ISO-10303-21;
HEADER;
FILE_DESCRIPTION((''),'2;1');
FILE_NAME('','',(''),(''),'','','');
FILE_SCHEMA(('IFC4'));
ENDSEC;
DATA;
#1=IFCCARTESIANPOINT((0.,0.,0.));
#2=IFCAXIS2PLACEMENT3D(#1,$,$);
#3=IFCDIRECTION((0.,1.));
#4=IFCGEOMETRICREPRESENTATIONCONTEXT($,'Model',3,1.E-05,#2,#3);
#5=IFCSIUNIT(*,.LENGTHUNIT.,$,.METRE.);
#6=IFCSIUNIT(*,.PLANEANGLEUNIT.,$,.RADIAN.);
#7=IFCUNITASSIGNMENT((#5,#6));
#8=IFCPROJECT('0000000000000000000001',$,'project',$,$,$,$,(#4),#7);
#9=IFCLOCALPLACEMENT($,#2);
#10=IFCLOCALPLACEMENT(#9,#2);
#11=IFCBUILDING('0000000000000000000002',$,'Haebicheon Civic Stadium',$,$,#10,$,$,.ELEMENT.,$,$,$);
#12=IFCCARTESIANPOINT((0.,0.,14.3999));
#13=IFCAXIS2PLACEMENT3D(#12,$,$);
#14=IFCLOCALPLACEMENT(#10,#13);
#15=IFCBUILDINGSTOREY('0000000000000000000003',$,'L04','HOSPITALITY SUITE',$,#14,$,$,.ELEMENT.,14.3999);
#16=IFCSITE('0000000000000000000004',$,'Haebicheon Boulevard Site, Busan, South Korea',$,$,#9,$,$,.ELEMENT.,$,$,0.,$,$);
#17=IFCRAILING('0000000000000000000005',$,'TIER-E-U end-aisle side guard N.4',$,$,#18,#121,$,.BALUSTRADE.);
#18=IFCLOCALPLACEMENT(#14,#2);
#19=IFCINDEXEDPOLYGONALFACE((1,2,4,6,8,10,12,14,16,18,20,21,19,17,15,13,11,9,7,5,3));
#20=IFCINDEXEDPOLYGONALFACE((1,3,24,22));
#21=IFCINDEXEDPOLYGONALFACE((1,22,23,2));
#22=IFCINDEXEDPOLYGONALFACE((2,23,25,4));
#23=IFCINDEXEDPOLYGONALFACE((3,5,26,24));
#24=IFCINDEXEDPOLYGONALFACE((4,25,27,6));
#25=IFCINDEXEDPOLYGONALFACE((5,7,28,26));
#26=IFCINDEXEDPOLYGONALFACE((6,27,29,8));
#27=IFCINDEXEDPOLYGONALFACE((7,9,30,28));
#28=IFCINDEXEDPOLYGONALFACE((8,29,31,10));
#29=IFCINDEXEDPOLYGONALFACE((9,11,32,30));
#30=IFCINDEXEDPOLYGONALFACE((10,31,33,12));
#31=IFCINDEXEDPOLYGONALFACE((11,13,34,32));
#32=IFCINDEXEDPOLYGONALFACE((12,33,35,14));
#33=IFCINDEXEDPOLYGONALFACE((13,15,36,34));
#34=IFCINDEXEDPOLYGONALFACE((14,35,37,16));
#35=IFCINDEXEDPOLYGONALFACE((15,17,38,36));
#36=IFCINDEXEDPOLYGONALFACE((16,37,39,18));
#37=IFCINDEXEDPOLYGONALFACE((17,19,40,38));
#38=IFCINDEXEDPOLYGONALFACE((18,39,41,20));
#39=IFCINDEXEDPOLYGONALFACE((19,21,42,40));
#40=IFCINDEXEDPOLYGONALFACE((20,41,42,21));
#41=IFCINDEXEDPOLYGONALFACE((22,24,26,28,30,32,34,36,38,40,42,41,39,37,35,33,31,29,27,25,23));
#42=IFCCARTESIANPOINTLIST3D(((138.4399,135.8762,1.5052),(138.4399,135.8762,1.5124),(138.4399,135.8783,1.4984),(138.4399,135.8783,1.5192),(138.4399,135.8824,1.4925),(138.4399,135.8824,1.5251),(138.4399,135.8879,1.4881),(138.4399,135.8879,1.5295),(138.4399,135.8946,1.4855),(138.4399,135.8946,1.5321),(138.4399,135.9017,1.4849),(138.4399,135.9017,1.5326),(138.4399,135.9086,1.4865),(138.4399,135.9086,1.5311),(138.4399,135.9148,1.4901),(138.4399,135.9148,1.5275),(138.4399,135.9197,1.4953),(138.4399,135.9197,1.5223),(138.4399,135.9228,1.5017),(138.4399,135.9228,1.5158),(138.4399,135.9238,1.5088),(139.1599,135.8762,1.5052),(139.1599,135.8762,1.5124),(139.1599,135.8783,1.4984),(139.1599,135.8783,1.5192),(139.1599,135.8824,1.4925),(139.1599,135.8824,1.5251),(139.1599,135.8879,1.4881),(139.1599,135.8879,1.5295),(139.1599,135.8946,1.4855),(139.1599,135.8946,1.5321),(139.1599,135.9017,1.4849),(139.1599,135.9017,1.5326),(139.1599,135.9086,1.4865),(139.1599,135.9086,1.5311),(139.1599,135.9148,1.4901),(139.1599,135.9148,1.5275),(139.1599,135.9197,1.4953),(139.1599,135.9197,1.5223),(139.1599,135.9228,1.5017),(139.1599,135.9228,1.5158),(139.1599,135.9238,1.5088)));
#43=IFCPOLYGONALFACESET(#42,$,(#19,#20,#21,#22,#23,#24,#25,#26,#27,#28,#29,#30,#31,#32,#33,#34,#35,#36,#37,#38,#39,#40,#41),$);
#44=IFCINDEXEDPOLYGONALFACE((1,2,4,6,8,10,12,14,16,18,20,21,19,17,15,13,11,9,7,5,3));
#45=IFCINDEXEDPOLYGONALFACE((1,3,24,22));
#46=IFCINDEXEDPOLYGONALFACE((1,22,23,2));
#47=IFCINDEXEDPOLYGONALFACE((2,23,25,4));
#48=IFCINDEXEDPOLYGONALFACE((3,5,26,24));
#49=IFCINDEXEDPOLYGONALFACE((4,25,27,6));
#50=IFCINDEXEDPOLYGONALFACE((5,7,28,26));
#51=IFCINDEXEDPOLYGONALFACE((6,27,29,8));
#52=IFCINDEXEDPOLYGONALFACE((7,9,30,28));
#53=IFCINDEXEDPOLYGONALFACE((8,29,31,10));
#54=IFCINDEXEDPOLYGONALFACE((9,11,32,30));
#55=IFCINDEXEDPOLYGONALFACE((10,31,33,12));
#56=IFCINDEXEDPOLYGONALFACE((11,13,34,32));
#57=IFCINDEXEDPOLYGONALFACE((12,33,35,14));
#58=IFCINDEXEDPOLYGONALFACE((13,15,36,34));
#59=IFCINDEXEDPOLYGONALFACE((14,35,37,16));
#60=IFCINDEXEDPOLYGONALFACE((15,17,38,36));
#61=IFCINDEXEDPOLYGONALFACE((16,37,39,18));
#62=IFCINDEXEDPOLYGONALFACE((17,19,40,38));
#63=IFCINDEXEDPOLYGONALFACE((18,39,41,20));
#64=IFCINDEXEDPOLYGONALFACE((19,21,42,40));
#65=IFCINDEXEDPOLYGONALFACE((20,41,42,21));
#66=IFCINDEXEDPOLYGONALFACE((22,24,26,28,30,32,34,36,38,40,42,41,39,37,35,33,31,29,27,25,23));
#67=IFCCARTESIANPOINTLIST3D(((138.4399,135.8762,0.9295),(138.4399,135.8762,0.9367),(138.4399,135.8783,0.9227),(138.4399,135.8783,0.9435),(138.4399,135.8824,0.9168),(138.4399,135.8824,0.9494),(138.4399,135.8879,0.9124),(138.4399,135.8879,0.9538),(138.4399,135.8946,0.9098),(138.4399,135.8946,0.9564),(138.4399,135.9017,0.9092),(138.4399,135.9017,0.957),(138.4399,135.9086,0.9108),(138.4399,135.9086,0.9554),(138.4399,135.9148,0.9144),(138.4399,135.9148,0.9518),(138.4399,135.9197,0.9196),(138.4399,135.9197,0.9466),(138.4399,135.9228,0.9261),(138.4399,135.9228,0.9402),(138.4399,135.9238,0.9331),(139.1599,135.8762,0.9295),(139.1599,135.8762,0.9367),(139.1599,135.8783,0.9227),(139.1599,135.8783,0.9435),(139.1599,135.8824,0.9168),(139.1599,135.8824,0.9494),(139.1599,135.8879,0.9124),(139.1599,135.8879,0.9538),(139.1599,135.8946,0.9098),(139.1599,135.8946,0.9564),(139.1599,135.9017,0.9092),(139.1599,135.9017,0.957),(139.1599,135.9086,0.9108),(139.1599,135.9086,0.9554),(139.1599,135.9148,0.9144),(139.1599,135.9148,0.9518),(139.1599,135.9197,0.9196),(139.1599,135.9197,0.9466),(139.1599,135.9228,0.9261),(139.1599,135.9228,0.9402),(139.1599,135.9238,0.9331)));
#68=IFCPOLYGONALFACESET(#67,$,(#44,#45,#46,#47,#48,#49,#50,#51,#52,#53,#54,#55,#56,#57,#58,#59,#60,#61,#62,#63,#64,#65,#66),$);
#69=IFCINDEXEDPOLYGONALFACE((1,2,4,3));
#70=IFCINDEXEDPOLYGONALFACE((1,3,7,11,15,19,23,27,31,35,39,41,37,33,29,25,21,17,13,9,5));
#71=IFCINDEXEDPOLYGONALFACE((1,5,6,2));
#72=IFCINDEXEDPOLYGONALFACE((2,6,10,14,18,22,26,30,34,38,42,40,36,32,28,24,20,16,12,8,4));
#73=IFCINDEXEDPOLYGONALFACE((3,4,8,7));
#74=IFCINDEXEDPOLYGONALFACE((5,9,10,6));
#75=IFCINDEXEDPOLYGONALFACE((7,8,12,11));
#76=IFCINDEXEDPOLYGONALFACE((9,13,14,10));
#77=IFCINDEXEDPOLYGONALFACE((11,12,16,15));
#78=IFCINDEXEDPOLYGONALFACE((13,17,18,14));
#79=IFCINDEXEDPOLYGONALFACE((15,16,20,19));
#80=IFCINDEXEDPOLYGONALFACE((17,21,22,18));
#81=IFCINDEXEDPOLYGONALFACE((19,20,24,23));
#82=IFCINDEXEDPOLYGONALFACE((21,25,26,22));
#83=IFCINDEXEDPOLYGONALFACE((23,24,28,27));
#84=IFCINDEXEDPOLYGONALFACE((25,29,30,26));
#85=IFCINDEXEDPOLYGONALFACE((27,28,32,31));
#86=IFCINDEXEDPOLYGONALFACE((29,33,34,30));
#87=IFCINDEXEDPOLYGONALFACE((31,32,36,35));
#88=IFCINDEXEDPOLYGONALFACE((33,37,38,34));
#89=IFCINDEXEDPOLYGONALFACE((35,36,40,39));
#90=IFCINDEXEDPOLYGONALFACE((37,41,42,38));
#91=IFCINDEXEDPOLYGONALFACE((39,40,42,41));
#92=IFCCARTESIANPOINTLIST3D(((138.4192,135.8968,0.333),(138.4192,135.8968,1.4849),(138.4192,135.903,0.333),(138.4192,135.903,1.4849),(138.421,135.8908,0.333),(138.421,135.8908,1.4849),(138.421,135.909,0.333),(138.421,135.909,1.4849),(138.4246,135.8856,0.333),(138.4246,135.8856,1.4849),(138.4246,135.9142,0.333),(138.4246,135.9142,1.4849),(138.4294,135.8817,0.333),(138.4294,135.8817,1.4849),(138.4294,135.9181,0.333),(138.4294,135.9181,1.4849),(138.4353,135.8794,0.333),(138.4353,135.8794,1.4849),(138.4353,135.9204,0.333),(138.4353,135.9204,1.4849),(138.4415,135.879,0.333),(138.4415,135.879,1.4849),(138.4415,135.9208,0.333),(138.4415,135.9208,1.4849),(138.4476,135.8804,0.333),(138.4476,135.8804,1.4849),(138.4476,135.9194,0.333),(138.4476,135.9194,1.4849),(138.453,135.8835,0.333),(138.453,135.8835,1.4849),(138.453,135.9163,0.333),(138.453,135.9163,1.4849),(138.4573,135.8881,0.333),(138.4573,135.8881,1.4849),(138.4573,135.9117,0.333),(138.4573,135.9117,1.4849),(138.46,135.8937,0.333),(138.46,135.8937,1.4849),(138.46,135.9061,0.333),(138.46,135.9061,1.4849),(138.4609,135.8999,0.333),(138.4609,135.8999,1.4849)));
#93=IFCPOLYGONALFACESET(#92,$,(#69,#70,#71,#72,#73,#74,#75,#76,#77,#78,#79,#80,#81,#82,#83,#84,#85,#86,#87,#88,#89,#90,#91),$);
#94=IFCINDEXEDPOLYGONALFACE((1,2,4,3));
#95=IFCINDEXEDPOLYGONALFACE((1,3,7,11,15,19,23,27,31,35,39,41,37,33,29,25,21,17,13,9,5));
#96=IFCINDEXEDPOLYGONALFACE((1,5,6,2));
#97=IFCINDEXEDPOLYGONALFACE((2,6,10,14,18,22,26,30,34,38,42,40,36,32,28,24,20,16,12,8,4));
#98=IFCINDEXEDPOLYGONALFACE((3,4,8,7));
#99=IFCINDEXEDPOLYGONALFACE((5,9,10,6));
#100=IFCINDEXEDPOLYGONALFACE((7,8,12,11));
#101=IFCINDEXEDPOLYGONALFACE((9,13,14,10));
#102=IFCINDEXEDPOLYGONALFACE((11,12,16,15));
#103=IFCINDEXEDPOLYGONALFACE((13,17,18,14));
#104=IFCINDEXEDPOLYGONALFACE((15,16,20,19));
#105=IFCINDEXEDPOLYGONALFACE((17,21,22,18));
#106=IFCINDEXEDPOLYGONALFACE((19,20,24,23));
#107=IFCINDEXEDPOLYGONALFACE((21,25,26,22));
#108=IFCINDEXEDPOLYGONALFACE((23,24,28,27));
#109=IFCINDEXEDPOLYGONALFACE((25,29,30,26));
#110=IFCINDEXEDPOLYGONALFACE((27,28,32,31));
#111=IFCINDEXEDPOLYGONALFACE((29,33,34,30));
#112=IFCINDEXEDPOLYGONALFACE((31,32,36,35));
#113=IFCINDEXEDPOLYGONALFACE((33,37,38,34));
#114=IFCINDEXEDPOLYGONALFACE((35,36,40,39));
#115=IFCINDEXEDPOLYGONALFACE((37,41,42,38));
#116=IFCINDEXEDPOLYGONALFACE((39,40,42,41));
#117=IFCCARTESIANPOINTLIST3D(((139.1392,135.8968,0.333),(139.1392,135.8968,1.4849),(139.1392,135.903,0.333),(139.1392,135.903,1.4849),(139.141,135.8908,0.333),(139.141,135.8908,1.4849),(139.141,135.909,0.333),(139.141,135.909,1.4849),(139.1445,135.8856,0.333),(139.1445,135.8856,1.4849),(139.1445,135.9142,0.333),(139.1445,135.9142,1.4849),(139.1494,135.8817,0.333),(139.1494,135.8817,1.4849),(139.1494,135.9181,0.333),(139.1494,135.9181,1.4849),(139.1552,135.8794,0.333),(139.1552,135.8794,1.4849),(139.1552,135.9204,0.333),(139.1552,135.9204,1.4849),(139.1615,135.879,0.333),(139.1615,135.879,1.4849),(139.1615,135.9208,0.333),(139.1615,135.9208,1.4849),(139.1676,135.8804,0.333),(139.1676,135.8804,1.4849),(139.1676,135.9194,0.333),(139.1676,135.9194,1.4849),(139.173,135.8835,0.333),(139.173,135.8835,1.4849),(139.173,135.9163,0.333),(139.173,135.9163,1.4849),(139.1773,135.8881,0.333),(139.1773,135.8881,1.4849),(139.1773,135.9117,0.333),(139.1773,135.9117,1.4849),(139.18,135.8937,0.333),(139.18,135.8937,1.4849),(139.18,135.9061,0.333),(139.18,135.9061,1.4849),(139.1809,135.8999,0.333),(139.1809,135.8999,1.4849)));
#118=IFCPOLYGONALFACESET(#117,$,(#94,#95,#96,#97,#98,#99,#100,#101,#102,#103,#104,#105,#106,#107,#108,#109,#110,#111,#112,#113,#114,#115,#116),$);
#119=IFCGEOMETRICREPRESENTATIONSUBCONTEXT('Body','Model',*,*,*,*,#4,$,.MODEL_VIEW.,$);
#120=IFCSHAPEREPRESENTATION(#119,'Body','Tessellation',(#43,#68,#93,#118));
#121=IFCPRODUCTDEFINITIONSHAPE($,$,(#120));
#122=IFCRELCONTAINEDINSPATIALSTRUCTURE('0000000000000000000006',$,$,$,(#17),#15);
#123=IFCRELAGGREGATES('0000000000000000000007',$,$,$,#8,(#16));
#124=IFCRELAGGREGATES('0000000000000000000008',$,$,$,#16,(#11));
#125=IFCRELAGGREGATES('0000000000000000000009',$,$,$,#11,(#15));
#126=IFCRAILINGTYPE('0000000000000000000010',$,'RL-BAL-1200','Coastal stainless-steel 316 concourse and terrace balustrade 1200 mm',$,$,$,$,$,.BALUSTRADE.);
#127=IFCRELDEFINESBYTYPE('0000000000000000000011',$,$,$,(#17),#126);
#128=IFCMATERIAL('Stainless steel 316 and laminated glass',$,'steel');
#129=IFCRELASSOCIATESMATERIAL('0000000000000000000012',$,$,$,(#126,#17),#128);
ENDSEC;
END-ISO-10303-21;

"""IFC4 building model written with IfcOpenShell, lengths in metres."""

from ifc_helpers import new_model, si_unit, direction, frame, origin, origin_2d, place, context, subcontext, project, spatial, circle, extrude, material, type_object, element, save


model = new_model("IFC4")

# Units and contexts
model_context = context("Model", 3, precision=1e-05, world=origin(), true_north=direction((0.0, 1.0)))
body_context = subcontext(model_context, "Body", "Model", "MODEL_VIEW")
ifc_project = project(units=[si_unit("LENGTHUNIT", "METRE"), si_unit("PLANEANGLEUNIT", "RADIAN")], contexts=[model_context])

# Site, building, storey
site_placement = place(None, origin())
site = spatial("IfcSite", under=ifc_project, at=site_placement, Name="Haebicheon Boulevard Site, Busan, South Korea", CompositionType="ELEMENT", RefElevation=0.0)
building_placement = place(site_placement, origin())
building = spatial("IfcBuilding", under=site, at=building_placement, Name="Haebicheon Civic Stadium", CompositionType="ELEMENT")
storey_placement = place(building_placement, frame((0.0, 0.0, 14.3999)))
storey = spatial("IfcBuildingStorey", under=building, at=storey_placement, Name="L04", Description="HOSPITALITY SUITE", CompositionType="ELEMENT", Elevation=14.3999)

# Railing
ifc_material_1 = material(Name="Stainless steel 316 and laminated glass", Category="steel")
railing_type = type_object("IfcRailingType", Name="RL-BAL-1200", Description="Coastal stainless-steel 316 concourse and terrace balustrade 1200 mm", PredefinedType="BALUSTRADE", material=ifc_material_1)
for number, where, name in (
    (1, (138.4399, 135.8999, 0.333), "TIER-E-U end-aisle side guard N.4"),
):
    element("IfcRailing", number, at=place(storey_placement, frame(where)), inside=storey, type_object=railing_type, material=ifc_material_1, Name=name, PredefinedType="BALUSTRADE", context=body_context, shape_type="SweptSolid", body=[
        extrude(circle(Radius=0.0239, at=origin_2d()), frame((0.0, 0.0, 1.1758), z_axis=(1.0, 0.0, 0.0), x_axis=(0.0, 1.0, 0.0)), (0.0, 0.0, 1.0), 0.72),
        extrude(circle(Radius=0.0239, at=origin_2d()), frame((0.0, 0.0, 0.6001), z_axis=(1.0, 0.0, 0.0), x_axis=(0.0, 1.0, 0.0)), (0.0, 0.0, 1.0), 0.72),
        extrude(circle(Radius=0.021, at=origin_2d()), origin(), (0.0, 0.0, 1.0), 1.1519),
        extrude(circle(Radius=0.021, at=origin_2d()), frame((0.72, 0.0, 0.0)), (0.0, 0.0, 1.0), 1.1519),
    ])

save(model, "model.ifc")
